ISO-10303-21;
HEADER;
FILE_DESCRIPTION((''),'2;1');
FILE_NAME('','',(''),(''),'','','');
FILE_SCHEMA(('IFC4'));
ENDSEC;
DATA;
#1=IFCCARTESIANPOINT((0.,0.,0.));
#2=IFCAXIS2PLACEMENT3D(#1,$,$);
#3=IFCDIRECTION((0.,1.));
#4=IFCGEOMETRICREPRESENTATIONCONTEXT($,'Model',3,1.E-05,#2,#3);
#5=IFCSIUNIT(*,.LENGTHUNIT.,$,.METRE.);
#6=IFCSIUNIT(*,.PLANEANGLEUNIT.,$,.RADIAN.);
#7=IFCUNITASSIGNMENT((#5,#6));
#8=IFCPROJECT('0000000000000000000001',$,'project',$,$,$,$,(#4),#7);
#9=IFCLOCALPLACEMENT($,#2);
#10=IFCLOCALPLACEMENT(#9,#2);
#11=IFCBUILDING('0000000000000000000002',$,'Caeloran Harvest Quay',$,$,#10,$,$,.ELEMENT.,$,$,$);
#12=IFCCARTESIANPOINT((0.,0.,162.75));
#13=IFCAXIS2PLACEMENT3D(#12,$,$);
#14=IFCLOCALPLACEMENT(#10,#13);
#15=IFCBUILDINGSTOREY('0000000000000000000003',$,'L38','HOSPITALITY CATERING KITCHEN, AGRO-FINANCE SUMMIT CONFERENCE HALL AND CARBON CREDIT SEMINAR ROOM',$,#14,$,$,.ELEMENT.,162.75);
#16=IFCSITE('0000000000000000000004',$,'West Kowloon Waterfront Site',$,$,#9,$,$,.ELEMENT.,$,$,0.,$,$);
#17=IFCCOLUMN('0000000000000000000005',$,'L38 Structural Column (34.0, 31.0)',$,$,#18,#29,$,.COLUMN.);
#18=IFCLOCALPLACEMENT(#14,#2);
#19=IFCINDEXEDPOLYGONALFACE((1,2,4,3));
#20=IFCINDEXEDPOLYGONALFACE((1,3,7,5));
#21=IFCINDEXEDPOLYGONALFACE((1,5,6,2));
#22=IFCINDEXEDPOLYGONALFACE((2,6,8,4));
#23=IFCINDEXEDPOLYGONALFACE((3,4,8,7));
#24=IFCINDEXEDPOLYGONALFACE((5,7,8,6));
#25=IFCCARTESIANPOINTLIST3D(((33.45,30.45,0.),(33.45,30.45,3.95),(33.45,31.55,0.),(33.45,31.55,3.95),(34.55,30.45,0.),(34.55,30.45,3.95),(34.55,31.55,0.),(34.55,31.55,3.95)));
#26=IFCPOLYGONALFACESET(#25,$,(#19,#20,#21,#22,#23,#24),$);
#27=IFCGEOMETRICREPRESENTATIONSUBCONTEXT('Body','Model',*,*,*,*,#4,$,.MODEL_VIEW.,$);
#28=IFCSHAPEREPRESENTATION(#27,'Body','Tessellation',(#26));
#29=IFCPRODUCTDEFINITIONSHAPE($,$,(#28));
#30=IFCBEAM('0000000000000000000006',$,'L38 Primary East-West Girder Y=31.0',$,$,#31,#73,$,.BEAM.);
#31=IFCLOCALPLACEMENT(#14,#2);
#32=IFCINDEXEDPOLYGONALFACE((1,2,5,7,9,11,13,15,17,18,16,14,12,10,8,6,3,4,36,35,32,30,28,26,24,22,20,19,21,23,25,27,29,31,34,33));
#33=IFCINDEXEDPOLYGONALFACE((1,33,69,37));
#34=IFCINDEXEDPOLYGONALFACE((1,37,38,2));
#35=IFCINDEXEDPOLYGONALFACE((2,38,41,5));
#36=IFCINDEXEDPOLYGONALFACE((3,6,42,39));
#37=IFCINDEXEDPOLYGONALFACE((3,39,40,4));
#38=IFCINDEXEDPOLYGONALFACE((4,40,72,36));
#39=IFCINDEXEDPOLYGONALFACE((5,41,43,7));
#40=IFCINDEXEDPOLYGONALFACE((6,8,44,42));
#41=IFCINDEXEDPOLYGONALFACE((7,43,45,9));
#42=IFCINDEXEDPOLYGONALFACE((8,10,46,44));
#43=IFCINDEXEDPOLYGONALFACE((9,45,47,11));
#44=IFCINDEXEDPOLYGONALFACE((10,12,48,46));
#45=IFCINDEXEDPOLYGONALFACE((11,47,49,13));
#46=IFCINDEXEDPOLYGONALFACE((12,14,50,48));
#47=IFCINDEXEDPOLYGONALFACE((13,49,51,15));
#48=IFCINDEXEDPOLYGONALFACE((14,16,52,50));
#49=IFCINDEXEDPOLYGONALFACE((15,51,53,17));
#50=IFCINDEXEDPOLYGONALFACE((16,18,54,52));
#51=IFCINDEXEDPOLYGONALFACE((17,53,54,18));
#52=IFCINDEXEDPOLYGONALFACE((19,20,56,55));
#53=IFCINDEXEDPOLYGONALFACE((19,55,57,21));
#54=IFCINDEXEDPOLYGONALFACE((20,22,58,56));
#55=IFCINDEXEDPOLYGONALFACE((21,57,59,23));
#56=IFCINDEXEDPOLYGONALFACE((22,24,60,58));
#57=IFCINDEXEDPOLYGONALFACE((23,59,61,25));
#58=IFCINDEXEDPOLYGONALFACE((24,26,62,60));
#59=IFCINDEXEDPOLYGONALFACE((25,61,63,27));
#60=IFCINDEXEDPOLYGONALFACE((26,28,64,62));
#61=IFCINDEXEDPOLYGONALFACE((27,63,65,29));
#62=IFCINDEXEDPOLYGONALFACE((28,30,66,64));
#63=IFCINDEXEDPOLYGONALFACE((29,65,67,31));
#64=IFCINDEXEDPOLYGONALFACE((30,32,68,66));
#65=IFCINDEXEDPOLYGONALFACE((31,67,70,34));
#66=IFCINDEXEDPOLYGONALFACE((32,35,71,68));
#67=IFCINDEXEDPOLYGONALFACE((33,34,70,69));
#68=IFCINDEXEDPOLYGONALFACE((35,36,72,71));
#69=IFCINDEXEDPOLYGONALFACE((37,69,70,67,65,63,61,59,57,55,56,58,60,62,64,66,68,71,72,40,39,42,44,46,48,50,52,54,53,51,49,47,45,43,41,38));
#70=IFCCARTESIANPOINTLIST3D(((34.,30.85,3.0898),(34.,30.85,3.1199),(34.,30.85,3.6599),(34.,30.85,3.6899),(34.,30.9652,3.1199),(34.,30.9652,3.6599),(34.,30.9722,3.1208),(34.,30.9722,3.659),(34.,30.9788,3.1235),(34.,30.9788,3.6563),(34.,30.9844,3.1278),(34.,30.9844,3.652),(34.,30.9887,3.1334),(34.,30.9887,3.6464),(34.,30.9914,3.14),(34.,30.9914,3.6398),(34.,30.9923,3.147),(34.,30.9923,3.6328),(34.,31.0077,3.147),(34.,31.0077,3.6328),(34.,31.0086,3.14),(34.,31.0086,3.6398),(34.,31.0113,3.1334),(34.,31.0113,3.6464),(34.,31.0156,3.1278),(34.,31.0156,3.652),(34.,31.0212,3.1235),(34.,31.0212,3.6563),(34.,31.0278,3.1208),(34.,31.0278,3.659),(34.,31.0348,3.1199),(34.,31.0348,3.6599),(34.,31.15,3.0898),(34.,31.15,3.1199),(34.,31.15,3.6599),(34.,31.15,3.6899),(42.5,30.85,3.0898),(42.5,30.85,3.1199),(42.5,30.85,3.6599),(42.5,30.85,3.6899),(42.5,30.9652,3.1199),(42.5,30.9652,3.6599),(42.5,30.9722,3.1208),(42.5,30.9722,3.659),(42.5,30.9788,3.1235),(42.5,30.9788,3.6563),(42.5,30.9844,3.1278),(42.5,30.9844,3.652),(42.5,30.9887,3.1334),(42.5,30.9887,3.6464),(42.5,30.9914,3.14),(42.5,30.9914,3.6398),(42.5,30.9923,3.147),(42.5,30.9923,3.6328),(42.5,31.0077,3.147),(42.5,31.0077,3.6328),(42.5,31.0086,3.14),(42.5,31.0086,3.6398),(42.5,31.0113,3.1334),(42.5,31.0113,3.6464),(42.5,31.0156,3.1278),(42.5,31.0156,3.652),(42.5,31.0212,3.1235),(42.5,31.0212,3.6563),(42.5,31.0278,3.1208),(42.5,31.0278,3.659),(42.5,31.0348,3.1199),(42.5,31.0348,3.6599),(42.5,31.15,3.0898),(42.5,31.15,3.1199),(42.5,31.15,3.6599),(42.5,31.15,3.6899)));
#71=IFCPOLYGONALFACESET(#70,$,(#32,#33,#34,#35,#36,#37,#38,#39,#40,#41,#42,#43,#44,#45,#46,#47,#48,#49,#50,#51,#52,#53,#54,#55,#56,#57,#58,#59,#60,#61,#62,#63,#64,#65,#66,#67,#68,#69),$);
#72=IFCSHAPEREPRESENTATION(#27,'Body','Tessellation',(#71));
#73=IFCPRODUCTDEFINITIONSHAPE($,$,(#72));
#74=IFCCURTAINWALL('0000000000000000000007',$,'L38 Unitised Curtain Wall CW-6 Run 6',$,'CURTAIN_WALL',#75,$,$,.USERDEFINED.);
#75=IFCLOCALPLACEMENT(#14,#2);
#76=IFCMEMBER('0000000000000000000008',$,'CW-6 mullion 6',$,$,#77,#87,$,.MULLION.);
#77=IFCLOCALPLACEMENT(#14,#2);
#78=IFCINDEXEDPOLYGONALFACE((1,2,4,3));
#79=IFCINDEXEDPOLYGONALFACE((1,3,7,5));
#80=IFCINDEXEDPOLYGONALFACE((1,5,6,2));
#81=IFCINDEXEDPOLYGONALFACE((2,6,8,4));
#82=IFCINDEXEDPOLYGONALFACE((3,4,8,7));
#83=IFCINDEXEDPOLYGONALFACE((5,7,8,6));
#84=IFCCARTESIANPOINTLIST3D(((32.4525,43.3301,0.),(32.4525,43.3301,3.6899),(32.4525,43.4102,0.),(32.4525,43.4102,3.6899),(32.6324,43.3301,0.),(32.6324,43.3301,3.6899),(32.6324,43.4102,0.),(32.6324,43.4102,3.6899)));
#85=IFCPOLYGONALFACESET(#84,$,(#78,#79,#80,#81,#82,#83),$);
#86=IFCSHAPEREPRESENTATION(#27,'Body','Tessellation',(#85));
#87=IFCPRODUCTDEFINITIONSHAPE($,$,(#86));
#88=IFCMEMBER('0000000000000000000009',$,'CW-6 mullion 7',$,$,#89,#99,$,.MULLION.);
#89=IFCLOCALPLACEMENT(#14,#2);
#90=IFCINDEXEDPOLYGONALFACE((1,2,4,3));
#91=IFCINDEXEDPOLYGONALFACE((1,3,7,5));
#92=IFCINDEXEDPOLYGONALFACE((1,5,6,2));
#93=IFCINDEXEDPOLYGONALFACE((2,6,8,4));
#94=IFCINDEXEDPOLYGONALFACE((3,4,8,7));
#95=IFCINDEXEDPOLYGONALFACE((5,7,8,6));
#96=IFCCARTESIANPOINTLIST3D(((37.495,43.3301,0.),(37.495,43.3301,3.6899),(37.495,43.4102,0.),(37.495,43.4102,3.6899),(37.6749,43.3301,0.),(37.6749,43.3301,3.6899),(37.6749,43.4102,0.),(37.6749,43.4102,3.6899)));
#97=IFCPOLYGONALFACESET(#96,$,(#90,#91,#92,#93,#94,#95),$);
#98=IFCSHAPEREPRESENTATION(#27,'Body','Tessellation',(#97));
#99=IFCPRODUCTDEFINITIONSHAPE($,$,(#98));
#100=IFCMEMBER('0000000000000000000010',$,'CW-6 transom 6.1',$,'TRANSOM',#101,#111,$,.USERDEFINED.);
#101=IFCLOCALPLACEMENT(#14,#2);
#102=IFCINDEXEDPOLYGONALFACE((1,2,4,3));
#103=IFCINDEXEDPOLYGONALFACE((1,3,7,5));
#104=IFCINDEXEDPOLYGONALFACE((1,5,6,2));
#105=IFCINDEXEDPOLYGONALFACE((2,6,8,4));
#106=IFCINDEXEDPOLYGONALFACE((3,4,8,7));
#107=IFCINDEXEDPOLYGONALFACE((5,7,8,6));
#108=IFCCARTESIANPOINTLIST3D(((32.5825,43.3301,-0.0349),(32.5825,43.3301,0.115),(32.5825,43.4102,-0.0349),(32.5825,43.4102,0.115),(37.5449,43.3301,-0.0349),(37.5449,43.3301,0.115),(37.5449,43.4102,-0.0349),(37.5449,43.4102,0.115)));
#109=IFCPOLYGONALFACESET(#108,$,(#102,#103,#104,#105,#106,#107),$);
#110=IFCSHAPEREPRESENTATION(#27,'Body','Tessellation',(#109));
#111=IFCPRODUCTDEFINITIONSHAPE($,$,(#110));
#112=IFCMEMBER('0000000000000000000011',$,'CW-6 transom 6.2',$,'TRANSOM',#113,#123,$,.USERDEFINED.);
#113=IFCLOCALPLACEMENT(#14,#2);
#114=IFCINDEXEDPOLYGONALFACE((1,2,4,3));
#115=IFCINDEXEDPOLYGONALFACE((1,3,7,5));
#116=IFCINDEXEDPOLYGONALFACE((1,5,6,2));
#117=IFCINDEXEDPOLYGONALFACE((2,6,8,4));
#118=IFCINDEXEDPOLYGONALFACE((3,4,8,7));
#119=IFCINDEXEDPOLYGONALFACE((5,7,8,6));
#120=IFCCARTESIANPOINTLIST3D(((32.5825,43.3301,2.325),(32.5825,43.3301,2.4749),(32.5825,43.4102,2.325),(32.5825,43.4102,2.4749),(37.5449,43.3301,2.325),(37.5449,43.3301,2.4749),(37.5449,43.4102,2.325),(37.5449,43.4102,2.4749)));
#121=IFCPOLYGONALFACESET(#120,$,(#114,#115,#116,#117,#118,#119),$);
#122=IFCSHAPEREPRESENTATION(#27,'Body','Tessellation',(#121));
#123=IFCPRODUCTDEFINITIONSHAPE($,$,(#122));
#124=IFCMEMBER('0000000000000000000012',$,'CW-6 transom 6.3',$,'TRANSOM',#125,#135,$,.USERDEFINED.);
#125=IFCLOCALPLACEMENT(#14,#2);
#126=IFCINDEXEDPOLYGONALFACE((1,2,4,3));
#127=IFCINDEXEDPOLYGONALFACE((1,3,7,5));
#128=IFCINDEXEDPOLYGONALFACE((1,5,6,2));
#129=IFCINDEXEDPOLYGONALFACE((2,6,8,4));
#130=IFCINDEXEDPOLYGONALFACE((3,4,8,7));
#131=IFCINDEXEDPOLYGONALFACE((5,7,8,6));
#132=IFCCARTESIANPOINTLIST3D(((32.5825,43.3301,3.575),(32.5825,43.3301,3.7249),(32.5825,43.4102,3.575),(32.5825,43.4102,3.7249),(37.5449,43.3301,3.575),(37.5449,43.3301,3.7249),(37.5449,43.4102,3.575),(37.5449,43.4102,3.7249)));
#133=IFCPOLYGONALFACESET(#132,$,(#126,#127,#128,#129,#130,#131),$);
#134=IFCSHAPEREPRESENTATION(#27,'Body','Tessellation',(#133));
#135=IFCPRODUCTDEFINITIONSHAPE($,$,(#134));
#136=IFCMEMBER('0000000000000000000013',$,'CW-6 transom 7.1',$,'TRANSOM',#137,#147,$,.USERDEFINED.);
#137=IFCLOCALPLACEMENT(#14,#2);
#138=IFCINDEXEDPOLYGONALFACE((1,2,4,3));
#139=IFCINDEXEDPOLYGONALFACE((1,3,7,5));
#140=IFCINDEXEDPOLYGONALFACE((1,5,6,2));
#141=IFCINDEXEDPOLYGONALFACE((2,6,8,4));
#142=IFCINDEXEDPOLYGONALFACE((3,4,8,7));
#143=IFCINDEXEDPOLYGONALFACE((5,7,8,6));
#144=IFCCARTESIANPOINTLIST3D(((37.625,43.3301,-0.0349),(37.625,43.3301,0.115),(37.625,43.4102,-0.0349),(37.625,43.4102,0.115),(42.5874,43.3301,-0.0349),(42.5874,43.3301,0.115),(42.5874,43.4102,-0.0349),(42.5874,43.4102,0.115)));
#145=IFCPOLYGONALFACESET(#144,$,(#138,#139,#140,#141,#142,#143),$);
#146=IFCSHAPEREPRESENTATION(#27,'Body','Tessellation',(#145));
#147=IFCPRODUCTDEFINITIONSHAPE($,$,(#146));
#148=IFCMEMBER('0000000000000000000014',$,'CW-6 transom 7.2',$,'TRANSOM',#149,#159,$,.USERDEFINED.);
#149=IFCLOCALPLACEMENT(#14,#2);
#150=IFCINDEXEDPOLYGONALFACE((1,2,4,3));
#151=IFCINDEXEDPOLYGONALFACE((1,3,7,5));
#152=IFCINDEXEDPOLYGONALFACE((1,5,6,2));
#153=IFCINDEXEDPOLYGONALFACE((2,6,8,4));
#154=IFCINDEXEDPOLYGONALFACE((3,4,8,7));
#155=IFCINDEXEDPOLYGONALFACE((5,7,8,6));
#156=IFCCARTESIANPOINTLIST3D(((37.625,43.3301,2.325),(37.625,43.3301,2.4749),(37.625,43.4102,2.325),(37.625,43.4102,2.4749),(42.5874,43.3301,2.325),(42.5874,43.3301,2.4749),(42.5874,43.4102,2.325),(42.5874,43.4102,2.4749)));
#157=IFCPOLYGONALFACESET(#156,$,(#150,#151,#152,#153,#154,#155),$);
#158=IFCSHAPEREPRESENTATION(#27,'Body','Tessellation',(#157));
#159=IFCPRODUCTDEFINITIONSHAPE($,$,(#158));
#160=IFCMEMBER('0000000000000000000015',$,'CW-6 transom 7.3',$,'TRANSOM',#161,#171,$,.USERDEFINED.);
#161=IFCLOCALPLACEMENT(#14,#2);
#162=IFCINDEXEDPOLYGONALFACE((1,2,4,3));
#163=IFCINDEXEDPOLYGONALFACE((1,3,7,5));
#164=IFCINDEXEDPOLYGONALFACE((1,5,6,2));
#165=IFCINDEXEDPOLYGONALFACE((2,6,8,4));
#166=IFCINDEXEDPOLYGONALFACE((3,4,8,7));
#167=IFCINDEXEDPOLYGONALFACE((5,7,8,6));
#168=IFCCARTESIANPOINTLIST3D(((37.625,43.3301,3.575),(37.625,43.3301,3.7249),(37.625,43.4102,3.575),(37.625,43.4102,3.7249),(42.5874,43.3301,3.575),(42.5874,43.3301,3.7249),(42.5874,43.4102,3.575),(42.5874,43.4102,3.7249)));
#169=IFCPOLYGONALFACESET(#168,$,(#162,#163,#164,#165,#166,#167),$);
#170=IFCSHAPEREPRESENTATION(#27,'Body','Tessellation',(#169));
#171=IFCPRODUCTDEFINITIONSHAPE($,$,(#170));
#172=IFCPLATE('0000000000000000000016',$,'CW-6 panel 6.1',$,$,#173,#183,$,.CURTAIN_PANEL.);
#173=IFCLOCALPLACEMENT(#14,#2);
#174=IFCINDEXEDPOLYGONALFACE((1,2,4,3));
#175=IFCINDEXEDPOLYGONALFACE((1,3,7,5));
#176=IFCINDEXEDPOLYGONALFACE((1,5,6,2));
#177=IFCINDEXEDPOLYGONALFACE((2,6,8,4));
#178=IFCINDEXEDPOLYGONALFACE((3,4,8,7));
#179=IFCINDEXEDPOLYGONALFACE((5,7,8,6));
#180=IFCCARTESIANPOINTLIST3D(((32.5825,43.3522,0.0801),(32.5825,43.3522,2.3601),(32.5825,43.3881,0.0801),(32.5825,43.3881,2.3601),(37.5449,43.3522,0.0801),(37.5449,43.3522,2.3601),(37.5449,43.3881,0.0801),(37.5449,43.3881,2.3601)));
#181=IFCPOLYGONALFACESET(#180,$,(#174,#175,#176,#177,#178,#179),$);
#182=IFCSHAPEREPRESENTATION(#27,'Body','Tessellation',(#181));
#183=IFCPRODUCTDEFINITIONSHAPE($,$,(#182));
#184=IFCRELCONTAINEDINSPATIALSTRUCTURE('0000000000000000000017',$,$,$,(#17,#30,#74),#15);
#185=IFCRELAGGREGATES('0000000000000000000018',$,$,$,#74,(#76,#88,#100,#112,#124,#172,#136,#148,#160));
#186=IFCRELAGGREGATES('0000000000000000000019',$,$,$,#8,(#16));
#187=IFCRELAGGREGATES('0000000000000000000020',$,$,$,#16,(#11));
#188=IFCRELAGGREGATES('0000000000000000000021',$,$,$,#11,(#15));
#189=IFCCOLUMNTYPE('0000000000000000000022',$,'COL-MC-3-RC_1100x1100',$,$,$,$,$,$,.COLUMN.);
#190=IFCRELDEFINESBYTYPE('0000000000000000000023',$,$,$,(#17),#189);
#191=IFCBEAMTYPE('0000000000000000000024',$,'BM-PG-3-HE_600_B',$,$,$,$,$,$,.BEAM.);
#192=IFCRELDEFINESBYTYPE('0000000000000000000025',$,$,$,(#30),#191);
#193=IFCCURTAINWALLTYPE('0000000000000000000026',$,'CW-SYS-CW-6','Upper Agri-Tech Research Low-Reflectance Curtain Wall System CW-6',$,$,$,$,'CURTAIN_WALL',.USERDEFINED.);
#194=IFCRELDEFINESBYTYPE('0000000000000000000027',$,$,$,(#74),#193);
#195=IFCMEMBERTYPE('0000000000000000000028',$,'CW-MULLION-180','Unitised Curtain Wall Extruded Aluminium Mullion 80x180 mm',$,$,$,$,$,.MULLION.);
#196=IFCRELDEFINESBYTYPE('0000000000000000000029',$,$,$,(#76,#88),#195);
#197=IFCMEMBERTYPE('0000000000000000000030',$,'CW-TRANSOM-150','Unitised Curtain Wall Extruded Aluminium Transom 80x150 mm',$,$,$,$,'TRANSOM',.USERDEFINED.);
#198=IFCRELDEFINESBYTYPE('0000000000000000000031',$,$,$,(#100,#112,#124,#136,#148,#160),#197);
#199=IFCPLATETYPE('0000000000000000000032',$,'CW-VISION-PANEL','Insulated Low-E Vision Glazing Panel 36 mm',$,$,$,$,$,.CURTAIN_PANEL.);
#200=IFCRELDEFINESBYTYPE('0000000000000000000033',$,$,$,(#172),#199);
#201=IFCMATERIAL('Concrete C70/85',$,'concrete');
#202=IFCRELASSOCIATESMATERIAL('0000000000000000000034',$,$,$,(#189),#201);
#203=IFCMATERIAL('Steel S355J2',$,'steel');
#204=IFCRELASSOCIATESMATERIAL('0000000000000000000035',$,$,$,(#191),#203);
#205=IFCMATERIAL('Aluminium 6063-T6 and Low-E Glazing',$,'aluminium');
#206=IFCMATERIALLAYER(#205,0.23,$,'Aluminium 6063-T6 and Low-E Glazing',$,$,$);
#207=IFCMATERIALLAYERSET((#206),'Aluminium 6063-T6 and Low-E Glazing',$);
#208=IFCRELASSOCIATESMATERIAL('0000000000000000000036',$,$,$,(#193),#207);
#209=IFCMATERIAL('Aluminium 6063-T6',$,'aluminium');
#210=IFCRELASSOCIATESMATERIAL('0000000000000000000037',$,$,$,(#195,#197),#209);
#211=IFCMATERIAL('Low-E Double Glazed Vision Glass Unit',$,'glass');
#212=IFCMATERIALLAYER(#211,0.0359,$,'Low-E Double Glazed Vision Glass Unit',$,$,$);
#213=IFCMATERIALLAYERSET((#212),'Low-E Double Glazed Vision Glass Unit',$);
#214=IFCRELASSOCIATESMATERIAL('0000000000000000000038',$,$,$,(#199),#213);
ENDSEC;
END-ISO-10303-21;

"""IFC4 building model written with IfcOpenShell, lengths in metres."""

from ifc_helpers import new_model, si_unit, direction, frame, origin, origin_2d, place, context, subcontext, project, spatial, rectangle, i_section, extrude, material, layer, layer_set, material_profile, profile_set, type_object, element, aggregate, save


model = new_model("IFC4")

# Units and contexts
model_context = context("Model", 3, precision=1e-05, world=origin(), true_north=direction((0.0, 1.0)))
body_context = subcontext(model_context, "Body", "Model", "MODEL_VIEW")
ifc_project = project(units=[si_unit("LENGTHUNIT", "METRE"), si_unit("PLANEANGLEUNIT", "RADIAN")], contexts=[model_context])

# Site, building, storey
site_placement = place(None, origin())
site = spatial("IfcSite", under=ifc_project, at=site_placement, Name="West Kowloon Waterfront Site", CompositionType="ELEMENT", RefElevation=0.0)
building_placement = place(site_placement, origin())
building = spatial("IfcBuilding", under=site, at=building_placement, Name="Caeloran Harvest Quay", CompositionType="ELEMENT")
storey_placement = place(building_placement, frame((0.0, 0.0, 162.75)))
storey = spatial("IfcBuildingStorey", under=building, at=storey_placement, Name="L38", Description="HOSPITALITY CATERING KITCHEN, AGRO-FINANCE SUMMIT CONFERENCE HALL AND CARBON CREDIT SEMINAR ROOM", CompositionType="ELEMENT", Elevation=162.75)

# Column
ifc_material_1 = material(Name="Concrete C70/85", Category="concrete")
ifc_material_profile_1 = material_profile(ifc_material_1, rectangle(XDim=1.1001, YDim=1.1001, at=origin_2d()), Name="RC 1100x1100")
ifc_profile_set_1 = profile_set([ifc_material_profile_1], Name="Concrete C70/85")
column_type = type_object("IfcColumnType", Name="COL-MC-3-RC_1100x1100", PredefinedType="COLUMN", material=ifc_profile_set_1)
column_placement = place(storey_placement, frame((34.0, 31.0, 0.0), z_axis=(0.0, 0.0, 1.0), x_axis=(1.0, 0.0, 0.0)))
element("IfcColumn", 1, at=column_placement, inside=storey, type_object=column_type, Name="L38 Structural Column (34.0, 31.0)", PredefinedType="COLUMN", context=body_context, shape_type="SweptSolid", body=[
    extrude(rectangle(XDim=1.1001, YDim=1.1001, at=origin_2d()), origin(), (0.0, 0.0, 1.0), 3.95),
])

# Beam
ifc_material_2 = material(Name="Steel S355J2", Category="steel")
ifc_material_profile_2 = material_profile(ifc_material_2, i_section(OverallWidth=0.3, OverallDepth=0.6001, WebThickness=0.0154, FlangeThickness=0.03, FilletRadius=0.0271, at=origin_2d()), Name="HE 600 B")
ifc_profile_set_2 = profile_set([ifc_material_profile_2], Name="Steel S355J2")
beam_type = type_object("IfcBeamType", Name="BM-PG-3-HE_600_B", PredefinedType="BEAM", material=ifc_profile_set_2)
beam_placement = place(storey_placement, frame((34.0, 31.0, 3.3899), z_axis=(1.0, 0.0, 0.0), x_axis=(0.0, 1.0, 0.0)))
element("IfcBeam", 2, at=beam_placement, inside=storey, type_object=beam_type, Name="L38 Primary East-West Girder Y=31.0", PredefinedType="BEAM", context=body_context, shape_type="SweptSolid", body=[
    extrude(i_section(OverallWidth=0.3, OverallDepth=0.6001, WebThickness=0.0154, FlangeThickness=0.03, FilletRadius=0.0271, at=origin_2d()), origin(), (0.0, 0.0, 1.0), 8.5),
])

# Curtain wall, members, plate
ifc_material_3 = material(Name="Aluminium 6063-T6 and Low-E Glazing", Category="aluminium")
ifc_layer_1 = layer(ifc_material_3, 0.23, Name="Aluminium 6063-T6 and Low-E Glazing")
ifc_layer_set_1 = layer_set([ifc_layer_1], Name="Aluminium 6063-T6 and Low-E Glazing")
curtain_wall_type = type_object("IfcCurtainWallType", Name="CW-SYS-CW-6", Description="Upper Agri-Tech Research Low-Reflectance Curtain Wall System CW-6", ElementType="CURTAIN_WALL", PredefinedType="USERDEFINED", material=ifc_layer_set_1)
curtain_wall_placement = place(storey_placement, origin())
curtain_wall = element("IfcCurtainWall", 3, at=curtain_wall_placement, inside=storey, type_object=curtain_wall_type, Name="L38 Unitised Curtain Wall CW-6 Run 6", ObjectType="CURTAIN_WALL", PredefinedType="USERDEFINED")
ifc_material_4 = material(Name="Aluminium 6063-T6", Category="aluminium")
ifc_material_profile_3 = material_profile(ifc_material_4, rectangle(XDim=0.0801, YDim=0.1799, at=origin_2d()), Name="CW-MULLION-180")
ifc_profile_set_3 = profile_set([ifc_material_profile_3], Name="Aluminium 6063-T6")
member_type_1 = type_object("IfcMemberType", Name="CW-MULLION-180", Description="Unitised Curtain Wall Extruded Aluminium Mullion 80x180 mm", PredefinedType="MULLION", material=ifc_profile_set_3)
member_1_placement = place(storey_placement, frame((32.5425, 43.3701, 0.0), z_axis=(0.0, 0.0, 1.0), x_axis=(0.0, 1.0, 0.0)))
member_1 = element("IfcMember", 4, at=member_1_placement, type_object=member_type_1, Name="CW-6 mullion 6", PredefinedType="MULLION", context=body_context, shape_type="SweptSolid", body=[
    extrude(rectangle(XDim=0.0801, YDim=0.1799, at=origin_2d()), origin(), (0.0, 0.0, 1.0), 3.6899),
])
member_2_placement = place(storey_placement, frame((37.585, 43.3701, 0.0), z_axis=(0.0, 0.0, 1.0), x_axis=(0.0, 1.0, 0.0)))
member_2 = element("IfcMember", 5, at=member_2_placement, type_object=member_type_1, Name="CW-6 mullion 7", PredefinedType="MULLION", context=body_context, shape_type="SweptSolid", body=[
    extrude(rectangle(XDim=0.0801, YDim=0.1799, at=origin_2d()), origin(), (0.0, 0.0, 1.0), 3.6899),
])
ifc_material_profile_4 = material_profile(ifc_material_4, rectangle(XDim=0.0801, YDim=0.1499, at=origin_2d()), Name="CW-TRANSOM-150")
ifc_profile_set_4 = profile_set([ifc_material_profile_4], Name="Aluminium 6063-T6")
member_type_2 = type_object("IfcMemberType", Name="CW-TRANSOM-150", Description="Unitised Curtain Wall Extruded Aluminium Transom 80x150 mm", ElementType="TRANSOM", PredefinedType="USERDEFINED", material=ifc_profile_set_4)
member_3_placement = place(storey_placement, frame((32.5825, 43.3701, 0.04), z_axis=(1.0, 0.0, 0.0), x_axis=(0.0, 1.0, 0.0)))
member_3 = element("IfcMember", 6, at=member_3_placement, type_object=member_type_2, Name="CW-6 transom 6.1", ObjectType="TRANSOM", PredefinedType="USERDEFINED", context=body_context, shape_type="SweptSolid", body=[
    extrude(rectangle(XDim=0.0801, YDim=0.1499, at=origin_2d()), origin(), (0.0, 0.0, 1.0), 4.9624),
])
member_4_placement = place(storey_placement, frame((32.5825, 43.3701, 2.3999), z_axis=(1.0, 0.0, 0.0), x_axis=(0.0, 1.0, 0.0)))
member_4 = element("IfcMember", 7, at=member_4_placement, type_object=member_type_2, Name="CW-6 transom 6.2", ObjectType="TRANSOM", PredefinedType="USERDEFINED", context=body_context, shape_type="SweptSolid", body=[
    extrude(rectangle(XDim=0.0801, YDim=0.1499, at=origin_2d()), origin(), (0.0, 0.0, 1.0), 4.9624),
])
member_5_placement = place(storey_placement, frame((32.5825, 43.3701, 3.6499), z_axis=(1.0, 0.0, 0.0), x_axis=(0.0, 1.0, 0.0)))
member_5 = element("IfcMember", 8, at=member_5_placement, type_object=member_type_2, Name="CW-6 transom 6.3", ObjectType="TRANSOM", PredefinedType="USERDEFINED", context=body_context, shape_type="SweptSolid", body=[
    extrude(rectangle(XDim=0.0801, YDim=0.1499, at=origin_2d()), origin(), (0.0, 0.0, 1.0), 4.9624),
])
member_6_placement = place(storey_placement, frame((37.625, 43.3701, 0.04), z_axis=(1.0, 0.0, 0.0), x_axis=(0.0, 1.0, 0.0)))
member_6 = element("IfcMember", 9, at=member_6_placement, type_object=member_type_2, Name="CW-6 transom 7.1", ObjectType="TRANSOM", PredefinedType="USERDEFINED", context=body_context, shape_type="SweptSolid", body=[
    extrude(rectangle(XDim=0.0801, YDim=0.1499, at=origin_2d()), origin(), (0.0, 0.0, 1.0), 4.9624),
])
member_7_placement = place(storey_placement, frame((37.625, 43.3701, 2.3999), z_axis=(1.0, 0.0, 0.0), x_axis=(0.0, 1.0, 0.0)))
member_7 = element("IfcMember", 10, at=member_7_placement, type_object=member_type_2, Name="CW-6 transom 7.2", ObjectType="TRANSOM", PredefinedType="USERDEFINED", context=body_context, shape_type="SweptSolid", body=[
    extrude(rectangle(XDim=0.0801, YDim=0.1499, at=origin_2d()), origin(), (0.0, 0.0, 1.0), 4.9624),
])
member_8_placement = place(storey_placement, frame((37.625, 43.3701, 3.6499), z_axis=(1.0, 0.0, 0.0), x_axis=(0.0, 1.0, 0.0)))
member_8 = element("IfcMember", 11, at=member_8_placement, type_object=member_type_2, Name="CW-6 transom 7.3", ObjectType="TRANSOM", PredefinedType="USERDEFINED", context=body_context, shape_type="SweptSolid", body=[
    extrude(rectangle(XDim=0.0801, YDim=0.1499, at=origin_2d()), origin(), (0.0, 0.0, 1.0), 4.9624),
])
ifc_material_5 = material(Name="Low-E Double Glazed Vision Glass Unit", Category="glass")
ifc_layer_2 = layer(ifc_material_5, 0.0359, Name="Low-E Double Glazed Vision Glass Unit")
ifc_layer_set_2 = layer_set([ifc_layer_2], Name="Low-E Double Glazed Vision Glass Unit")
plate_type = type_object("IfcPlateType", Name="CW-VISION-PANEL", Description="Insulated Low-E Vision Glazing Panel 36 mm", PredefinedType="CURTAIN_PANEL", material=ifc_layer_set_2)
plate_1_placement = place(storey_placement, frame((35.0637, 43.3701, 0.0801), z_axis=(0.0, 0.0, 1.0), x_axis=(1.0, 0.0, 0.0)))
plate_1 = element("IfcPlate", 12, at=plate_1_placement, type_object=plate_type, Name="CW-6 panel 6.1", PredefinedType="CURTAIN_PANEL", context=body_context, shape_type="SweptSolid", body=[
    extrude(rectangle(XDim=4.9624, YDim=0.0359, at=origin_2d()), origin(), (0.0, 0.0, 1.0), 2.28),
])
aggregate(curtain_wall, [member_1, member_2, member_3, member_4, member_5, plate_1, member_6, member_7, member_8])

save(model, "model.ifc")
